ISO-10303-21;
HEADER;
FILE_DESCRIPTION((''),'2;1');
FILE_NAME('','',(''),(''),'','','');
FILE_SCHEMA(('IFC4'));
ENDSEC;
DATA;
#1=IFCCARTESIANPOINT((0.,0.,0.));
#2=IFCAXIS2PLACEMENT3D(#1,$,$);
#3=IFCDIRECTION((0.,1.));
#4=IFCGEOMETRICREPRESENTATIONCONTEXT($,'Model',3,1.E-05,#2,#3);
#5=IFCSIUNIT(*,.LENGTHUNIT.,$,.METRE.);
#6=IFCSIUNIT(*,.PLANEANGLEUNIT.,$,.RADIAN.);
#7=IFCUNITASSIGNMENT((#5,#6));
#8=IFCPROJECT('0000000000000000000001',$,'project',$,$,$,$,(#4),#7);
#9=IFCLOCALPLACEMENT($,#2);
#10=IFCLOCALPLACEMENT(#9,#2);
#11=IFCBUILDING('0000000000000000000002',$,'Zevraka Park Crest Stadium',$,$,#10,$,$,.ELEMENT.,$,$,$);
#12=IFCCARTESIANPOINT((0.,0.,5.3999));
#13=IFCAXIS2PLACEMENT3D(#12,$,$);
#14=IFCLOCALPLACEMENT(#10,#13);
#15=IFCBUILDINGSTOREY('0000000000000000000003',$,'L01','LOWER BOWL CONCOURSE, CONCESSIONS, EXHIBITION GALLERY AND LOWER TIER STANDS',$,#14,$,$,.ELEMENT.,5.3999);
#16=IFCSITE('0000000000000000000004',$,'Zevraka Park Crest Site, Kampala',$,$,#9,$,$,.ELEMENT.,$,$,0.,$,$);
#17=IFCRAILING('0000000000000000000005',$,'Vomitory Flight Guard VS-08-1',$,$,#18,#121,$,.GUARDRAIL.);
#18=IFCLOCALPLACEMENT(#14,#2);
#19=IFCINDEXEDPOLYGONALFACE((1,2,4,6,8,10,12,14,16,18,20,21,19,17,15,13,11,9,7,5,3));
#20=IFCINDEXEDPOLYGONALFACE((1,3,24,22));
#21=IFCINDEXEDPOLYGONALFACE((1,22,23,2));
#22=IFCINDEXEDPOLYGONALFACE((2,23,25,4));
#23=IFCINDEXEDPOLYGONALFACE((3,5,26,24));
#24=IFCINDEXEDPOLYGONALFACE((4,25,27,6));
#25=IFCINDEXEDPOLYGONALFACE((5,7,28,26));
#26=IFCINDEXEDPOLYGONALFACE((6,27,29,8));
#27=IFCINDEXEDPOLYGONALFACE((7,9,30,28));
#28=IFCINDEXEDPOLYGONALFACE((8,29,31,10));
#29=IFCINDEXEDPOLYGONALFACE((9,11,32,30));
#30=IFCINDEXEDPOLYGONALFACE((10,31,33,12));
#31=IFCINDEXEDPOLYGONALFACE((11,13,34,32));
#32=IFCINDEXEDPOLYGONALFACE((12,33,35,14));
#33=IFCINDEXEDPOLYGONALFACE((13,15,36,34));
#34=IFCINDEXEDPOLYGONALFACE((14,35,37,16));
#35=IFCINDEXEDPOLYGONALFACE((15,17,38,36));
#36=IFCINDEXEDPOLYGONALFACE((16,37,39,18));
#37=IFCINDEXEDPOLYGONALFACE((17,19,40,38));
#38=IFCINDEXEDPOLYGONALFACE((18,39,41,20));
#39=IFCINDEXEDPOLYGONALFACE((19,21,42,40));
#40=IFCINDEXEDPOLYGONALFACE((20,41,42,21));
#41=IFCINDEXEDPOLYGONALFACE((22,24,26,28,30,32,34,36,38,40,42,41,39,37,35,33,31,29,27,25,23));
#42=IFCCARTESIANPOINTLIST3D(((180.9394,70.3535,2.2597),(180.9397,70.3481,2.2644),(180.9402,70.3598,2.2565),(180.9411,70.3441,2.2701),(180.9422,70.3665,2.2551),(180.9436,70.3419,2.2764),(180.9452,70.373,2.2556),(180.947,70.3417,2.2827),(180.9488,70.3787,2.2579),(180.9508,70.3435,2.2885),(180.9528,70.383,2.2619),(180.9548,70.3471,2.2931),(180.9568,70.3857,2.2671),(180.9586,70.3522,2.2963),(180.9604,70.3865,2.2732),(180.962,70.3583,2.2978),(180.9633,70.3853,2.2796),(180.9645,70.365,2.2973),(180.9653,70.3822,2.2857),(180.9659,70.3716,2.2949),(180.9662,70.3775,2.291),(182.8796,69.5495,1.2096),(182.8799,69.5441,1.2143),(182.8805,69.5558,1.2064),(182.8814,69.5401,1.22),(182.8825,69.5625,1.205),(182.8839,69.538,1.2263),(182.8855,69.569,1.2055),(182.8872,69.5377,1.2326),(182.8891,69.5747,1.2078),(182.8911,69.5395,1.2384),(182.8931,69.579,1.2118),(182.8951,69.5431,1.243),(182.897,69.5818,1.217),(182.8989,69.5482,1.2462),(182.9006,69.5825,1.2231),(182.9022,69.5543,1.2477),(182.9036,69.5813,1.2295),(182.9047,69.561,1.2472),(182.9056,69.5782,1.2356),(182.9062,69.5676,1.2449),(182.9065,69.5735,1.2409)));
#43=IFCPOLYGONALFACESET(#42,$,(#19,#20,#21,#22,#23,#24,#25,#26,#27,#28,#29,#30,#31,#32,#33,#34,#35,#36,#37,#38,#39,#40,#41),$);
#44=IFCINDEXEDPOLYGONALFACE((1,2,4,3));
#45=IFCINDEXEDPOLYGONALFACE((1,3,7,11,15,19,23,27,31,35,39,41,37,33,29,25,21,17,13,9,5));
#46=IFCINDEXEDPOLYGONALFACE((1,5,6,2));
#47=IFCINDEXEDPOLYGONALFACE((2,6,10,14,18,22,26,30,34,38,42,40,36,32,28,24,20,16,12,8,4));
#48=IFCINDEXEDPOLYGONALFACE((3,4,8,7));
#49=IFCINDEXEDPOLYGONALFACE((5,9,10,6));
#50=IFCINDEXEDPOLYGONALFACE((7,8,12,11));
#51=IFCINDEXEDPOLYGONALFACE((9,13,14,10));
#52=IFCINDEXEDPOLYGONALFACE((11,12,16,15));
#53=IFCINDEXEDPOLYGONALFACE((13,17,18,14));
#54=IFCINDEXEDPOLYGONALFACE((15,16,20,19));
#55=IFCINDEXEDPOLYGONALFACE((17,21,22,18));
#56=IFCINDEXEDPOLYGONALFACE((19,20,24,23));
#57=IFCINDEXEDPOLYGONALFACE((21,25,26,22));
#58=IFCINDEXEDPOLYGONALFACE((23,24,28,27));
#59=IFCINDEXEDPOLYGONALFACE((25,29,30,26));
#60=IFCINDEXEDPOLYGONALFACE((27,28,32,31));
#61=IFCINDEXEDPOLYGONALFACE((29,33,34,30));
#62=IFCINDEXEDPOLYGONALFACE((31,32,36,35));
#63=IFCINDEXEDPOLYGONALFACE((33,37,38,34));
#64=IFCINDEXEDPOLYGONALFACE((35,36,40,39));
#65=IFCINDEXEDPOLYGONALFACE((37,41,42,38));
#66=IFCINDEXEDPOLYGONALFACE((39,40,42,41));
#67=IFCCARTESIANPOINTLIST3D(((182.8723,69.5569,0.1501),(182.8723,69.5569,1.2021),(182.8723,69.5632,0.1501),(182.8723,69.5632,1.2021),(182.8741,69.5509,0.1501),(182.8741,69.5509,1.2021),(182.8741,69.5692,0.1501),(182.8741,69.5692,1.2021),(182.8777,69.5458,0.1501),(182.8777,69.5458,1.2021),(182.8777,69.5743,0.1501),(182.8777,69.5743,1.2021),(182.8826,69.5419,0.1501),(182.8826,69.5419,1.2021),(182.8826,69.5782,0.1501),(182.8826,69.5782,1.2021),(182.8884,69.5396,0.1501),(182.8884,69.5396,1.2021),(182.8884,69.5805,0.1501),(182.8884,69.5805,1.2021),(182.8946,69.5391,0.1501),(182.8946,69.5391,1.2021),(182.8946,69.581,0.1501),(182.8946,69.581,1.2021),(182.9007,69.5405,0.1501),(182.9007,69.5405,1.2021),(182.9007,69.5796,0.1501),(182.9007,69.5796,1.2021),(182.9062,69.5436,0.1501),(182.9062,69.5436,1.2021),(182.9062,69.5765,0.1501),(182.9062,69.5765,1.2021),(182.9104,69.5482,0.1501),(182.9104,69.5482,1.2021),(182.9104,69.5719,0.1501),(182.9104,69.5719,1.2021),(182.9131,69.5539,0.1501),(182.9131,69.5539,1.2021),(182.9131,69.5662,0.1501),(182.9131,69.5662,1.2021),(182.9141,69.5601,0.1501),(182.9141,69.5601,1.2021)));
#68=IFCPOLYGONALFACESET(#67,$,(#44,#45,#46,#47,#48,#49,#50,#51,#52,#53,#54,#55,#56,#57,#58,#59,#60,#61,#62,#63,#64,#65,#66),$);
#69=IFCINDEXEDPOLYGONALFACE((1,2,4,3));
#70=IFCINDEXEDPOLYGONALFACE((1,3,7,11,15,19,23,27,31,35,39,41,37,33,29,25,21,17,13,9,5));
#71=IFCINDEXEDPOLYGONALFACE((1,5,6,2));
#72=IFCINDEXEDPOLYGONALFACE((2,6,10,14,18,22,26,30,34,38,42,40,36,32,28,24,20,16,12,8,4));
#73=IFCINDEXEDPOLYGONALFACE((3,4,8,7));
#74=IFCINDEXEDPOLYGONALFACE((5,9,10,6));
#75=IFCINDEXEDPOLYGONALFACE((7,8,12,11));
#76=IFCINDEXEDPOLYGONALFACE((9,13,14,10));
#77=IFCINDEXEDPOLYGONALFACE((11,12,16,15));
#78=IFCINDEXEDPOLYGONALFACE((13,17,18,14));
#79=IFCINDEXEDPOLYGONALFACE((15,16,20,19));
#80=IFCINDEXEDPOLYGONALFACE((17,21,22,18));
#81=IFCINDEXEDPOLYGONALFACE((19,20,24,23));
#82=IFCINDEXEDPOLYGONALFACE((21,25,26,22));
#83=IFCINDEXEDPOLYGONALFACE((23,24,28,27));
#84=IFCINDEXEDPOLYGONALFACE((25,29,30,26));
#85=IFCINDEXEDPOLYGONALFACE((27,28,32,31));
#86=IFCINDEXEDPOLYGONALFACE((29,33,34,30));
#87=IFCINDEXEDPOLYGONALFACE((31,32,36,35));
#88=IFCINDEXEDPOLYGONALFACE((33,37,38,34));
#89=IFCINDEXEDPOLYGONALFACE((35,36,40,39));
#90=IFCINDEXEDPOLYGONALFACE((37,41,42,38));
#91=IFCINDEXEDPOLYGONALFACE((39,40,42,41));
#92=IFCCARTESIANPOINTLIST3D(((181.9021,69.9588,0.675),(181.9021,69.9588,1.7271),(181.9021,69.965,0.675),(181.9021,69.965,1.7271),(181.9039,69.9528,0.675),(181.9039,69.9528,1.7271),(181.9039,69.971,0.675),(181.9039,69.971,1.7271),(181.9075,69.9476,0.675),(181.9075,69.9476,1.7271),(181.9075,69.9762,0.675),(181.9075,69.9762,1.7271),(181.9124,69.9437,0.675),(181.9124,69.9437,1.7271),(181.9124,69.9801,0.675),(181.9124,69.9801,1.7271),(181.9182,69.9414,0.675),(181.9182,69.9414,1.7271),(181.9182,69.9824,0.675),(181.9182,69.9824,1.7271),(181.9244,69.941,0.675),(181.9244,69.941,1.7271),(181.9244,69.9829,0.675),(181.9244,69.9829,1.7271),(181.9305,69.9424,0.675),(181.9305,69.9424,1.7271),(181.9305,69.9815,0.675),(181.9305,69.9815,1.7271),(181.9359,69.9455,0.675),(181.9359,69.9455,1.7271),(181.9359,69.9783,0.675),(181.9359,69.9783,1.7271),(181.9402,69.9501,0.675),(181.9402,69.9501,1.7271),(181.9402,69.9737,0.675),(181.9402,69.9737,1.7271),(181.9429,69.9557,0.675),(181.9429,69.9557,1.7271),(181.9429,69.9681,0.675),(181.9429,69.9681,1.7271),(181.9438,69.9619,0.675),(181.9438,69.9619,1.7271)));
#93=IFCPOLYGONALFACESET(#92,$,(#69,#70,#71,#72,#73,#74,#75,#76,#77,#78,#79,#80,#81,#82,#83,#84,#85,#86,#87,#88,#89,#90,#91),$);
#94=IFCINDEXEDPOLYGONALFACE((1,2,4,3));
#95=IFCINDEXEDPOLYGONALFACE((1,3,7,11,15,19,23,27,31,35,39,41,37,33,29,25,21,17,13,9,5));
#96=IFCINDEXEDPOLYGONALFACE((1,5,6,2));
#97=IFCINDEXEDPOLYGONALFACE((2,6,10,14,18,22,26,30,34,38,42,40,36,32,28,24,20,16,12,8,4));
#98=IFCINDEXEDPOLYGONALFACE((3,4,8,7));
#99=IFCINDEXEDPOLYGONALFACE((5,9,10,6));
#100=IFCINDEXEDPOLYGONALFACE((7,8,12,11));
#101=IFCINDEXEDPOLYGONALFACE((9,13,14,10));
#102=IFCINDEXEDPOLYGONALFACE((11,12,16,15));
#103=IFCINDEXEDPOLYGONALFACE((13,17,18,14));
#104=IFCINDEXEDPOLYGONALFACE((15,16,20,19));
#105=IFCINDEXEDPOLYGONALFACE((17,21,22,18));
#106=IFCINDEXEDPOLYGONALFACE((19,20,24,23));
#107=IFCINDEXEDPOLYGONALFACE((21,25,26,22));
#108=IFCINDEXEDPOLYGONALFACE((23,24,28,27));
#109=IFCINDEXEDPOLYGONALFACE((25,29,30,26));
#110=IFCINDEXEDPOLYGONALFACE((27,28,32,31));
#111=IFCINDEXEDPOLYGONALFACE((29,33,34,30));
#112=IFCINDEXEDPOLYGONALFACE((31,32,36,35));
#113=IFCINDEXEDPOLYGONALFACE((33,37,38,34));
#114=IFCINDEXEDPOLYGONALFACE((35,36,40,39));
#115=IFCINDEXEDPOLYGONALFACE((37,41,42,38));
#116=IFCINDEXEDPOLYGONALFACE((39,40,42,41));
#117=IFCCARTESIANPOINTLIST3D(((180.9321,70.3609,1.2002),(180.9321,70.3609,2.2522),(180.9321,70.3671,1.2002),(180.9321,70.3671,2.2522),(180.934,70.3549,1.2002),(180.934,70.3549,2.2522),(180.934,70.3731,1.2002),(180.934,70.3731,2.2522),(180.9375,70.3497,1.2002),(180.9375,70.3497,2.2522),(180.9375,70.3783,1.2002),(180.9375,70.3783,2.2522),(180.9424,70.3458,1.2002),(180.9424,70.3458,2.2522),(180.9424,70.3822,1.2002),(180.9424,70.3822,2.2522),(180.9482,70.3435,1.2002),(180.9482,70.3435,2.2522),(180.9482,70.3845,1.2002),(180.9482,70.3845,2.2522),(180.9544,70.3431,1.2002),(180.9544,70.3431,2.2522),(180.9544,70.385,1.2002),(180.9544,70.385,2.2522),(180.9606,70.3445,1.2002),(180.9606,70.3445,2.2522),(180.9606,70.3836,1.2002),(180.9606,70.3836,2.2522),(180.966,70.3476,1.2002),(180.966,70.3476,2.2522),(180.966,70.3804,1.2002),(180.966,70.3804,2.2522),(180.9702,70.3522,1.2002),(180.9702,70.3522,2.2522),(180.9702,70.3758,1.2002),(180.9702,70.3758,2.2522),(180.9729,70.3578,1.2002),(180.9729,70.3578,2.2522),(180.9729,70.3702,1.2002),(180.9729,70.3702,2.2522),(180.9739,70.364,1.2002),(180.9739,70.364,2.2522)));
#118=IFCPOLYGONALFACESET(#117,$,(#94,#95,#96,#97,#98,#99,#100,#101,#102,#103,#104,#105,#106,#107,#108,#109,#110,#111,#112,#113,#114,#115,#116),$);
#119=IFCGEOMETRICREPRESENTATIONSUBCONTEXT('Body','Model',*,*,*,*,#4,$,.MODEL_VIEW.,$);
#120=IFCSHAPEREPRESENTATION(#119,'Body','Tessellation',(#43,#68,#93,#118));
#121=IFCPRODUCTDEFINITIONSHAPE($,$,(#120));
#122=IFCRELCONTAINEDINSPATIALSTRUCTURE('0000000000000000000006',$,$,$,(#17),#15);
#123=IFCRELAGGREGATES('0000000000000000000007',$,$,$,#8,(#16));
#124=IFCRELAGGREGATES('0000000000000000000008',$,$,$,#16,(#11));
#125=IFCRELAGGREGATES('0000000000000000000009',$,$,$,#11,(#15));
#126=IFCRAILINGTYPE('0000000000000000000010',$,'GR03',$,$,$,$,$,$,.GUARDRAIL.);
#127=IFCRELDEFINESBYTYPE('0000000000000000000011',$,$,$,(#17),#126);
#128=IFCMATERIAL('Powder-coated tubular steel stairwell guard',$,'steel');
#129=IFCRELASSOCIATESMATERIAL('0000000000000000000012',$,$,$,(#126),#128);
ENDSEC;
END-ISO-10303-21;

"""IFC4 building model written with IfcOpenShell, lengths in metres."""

from ifc_helpers import new_model, si_unit, direction, frame, origin, origin_2d, place, context, subcontext, project, spatial, circle, extrude, material, type_object, element, save


model = new_model("IFC4")

# Units and contexts
model_context = context("Model", 3, precision=1e-05, world=origin(), true_north=direction((0.0, 1.0)))
body_context = subcontext(model_context, "Body", "Model", "MODEL_VIEW")
ifc_project = project(units=[si_unit("LENGTHUNIT", "METRE"), si_unit("PLANEANGLEUNIT", "RADIAN")], contexts=[model_context])

# Site, building, storey
site_placement = place(None, origin())
site = spatial("IfcSite", under=ifc_project, at=site_placement, Name="Zevraka Park Crest Site, Kampala", CompositionType="ELEMENT", RefElevation=0.0)
building_placement = place(site_placement, origin())
building = spatial("IfcBuilding", under=site, at=building_placement, Name="Zevraka Park Crest Stadium", CompositionType="ELEMENT")
storey_placement = place(building_placement, frame((0.0, 0.0, 5.3999)))
storey = spatial("IfcBuildingStorey", under=building, at=storey_placement, Name="L01", Description="LOWER BOWL CONCOURSE, CONCESSIONS, EXHIBITION GALLERY AND LOWER TIER STANDS", CompositionType="ELEMENT", Elevation=5.3999)

# Railing
ifc_material_1 = material(Name="Powder-coated tubular steel stairwell guard", Category="steel")
railing_type_1 = type_object("IfcRailingType", Name="GR03", PredefinedType="GUARDRAIL", material=ifc_material_1)
railing_1_placement = place(storey_placement, frame((182.8931, 69.5601, 0.1501)))
element("IfcRailing", 1, at=railing_1_placement, inside=storey, type_object=railing_type_1, Name="Vomitory Flight Guard VS-08-1", PredefinedType="GUARDRAIL", context=body_context, shape_type="SweptSolid", body=[
    extrude(circle(Radius=0.0239, at=origin_2d()), frame((0.0, 0.0, 1.0762), z_axis=(-0.826302, 0.342395, 0.447203), x_axis=(-0.382807, -0.923828, 0.0)), (0.0, 0.0, 1.0), 2.3481),
    extrude(circle(Radius=0.021, at=origin_2d()), origin(), (0.0, 0.0, 1.0), 1.052),
    extrude(circle(Radius=0.021, at=origin_2d()), frame((-0.9702, 0.4019, 0.5249)), (0.0, 0.0, 1.0), 1.052),
    extrude(circle(Radius=0.021, at=origin_2d()), frame((-1.9402, 0.804, 1.05)), (0.0, 0.0, 1.0), 1.052),
])

save(model, "model.ifc")
